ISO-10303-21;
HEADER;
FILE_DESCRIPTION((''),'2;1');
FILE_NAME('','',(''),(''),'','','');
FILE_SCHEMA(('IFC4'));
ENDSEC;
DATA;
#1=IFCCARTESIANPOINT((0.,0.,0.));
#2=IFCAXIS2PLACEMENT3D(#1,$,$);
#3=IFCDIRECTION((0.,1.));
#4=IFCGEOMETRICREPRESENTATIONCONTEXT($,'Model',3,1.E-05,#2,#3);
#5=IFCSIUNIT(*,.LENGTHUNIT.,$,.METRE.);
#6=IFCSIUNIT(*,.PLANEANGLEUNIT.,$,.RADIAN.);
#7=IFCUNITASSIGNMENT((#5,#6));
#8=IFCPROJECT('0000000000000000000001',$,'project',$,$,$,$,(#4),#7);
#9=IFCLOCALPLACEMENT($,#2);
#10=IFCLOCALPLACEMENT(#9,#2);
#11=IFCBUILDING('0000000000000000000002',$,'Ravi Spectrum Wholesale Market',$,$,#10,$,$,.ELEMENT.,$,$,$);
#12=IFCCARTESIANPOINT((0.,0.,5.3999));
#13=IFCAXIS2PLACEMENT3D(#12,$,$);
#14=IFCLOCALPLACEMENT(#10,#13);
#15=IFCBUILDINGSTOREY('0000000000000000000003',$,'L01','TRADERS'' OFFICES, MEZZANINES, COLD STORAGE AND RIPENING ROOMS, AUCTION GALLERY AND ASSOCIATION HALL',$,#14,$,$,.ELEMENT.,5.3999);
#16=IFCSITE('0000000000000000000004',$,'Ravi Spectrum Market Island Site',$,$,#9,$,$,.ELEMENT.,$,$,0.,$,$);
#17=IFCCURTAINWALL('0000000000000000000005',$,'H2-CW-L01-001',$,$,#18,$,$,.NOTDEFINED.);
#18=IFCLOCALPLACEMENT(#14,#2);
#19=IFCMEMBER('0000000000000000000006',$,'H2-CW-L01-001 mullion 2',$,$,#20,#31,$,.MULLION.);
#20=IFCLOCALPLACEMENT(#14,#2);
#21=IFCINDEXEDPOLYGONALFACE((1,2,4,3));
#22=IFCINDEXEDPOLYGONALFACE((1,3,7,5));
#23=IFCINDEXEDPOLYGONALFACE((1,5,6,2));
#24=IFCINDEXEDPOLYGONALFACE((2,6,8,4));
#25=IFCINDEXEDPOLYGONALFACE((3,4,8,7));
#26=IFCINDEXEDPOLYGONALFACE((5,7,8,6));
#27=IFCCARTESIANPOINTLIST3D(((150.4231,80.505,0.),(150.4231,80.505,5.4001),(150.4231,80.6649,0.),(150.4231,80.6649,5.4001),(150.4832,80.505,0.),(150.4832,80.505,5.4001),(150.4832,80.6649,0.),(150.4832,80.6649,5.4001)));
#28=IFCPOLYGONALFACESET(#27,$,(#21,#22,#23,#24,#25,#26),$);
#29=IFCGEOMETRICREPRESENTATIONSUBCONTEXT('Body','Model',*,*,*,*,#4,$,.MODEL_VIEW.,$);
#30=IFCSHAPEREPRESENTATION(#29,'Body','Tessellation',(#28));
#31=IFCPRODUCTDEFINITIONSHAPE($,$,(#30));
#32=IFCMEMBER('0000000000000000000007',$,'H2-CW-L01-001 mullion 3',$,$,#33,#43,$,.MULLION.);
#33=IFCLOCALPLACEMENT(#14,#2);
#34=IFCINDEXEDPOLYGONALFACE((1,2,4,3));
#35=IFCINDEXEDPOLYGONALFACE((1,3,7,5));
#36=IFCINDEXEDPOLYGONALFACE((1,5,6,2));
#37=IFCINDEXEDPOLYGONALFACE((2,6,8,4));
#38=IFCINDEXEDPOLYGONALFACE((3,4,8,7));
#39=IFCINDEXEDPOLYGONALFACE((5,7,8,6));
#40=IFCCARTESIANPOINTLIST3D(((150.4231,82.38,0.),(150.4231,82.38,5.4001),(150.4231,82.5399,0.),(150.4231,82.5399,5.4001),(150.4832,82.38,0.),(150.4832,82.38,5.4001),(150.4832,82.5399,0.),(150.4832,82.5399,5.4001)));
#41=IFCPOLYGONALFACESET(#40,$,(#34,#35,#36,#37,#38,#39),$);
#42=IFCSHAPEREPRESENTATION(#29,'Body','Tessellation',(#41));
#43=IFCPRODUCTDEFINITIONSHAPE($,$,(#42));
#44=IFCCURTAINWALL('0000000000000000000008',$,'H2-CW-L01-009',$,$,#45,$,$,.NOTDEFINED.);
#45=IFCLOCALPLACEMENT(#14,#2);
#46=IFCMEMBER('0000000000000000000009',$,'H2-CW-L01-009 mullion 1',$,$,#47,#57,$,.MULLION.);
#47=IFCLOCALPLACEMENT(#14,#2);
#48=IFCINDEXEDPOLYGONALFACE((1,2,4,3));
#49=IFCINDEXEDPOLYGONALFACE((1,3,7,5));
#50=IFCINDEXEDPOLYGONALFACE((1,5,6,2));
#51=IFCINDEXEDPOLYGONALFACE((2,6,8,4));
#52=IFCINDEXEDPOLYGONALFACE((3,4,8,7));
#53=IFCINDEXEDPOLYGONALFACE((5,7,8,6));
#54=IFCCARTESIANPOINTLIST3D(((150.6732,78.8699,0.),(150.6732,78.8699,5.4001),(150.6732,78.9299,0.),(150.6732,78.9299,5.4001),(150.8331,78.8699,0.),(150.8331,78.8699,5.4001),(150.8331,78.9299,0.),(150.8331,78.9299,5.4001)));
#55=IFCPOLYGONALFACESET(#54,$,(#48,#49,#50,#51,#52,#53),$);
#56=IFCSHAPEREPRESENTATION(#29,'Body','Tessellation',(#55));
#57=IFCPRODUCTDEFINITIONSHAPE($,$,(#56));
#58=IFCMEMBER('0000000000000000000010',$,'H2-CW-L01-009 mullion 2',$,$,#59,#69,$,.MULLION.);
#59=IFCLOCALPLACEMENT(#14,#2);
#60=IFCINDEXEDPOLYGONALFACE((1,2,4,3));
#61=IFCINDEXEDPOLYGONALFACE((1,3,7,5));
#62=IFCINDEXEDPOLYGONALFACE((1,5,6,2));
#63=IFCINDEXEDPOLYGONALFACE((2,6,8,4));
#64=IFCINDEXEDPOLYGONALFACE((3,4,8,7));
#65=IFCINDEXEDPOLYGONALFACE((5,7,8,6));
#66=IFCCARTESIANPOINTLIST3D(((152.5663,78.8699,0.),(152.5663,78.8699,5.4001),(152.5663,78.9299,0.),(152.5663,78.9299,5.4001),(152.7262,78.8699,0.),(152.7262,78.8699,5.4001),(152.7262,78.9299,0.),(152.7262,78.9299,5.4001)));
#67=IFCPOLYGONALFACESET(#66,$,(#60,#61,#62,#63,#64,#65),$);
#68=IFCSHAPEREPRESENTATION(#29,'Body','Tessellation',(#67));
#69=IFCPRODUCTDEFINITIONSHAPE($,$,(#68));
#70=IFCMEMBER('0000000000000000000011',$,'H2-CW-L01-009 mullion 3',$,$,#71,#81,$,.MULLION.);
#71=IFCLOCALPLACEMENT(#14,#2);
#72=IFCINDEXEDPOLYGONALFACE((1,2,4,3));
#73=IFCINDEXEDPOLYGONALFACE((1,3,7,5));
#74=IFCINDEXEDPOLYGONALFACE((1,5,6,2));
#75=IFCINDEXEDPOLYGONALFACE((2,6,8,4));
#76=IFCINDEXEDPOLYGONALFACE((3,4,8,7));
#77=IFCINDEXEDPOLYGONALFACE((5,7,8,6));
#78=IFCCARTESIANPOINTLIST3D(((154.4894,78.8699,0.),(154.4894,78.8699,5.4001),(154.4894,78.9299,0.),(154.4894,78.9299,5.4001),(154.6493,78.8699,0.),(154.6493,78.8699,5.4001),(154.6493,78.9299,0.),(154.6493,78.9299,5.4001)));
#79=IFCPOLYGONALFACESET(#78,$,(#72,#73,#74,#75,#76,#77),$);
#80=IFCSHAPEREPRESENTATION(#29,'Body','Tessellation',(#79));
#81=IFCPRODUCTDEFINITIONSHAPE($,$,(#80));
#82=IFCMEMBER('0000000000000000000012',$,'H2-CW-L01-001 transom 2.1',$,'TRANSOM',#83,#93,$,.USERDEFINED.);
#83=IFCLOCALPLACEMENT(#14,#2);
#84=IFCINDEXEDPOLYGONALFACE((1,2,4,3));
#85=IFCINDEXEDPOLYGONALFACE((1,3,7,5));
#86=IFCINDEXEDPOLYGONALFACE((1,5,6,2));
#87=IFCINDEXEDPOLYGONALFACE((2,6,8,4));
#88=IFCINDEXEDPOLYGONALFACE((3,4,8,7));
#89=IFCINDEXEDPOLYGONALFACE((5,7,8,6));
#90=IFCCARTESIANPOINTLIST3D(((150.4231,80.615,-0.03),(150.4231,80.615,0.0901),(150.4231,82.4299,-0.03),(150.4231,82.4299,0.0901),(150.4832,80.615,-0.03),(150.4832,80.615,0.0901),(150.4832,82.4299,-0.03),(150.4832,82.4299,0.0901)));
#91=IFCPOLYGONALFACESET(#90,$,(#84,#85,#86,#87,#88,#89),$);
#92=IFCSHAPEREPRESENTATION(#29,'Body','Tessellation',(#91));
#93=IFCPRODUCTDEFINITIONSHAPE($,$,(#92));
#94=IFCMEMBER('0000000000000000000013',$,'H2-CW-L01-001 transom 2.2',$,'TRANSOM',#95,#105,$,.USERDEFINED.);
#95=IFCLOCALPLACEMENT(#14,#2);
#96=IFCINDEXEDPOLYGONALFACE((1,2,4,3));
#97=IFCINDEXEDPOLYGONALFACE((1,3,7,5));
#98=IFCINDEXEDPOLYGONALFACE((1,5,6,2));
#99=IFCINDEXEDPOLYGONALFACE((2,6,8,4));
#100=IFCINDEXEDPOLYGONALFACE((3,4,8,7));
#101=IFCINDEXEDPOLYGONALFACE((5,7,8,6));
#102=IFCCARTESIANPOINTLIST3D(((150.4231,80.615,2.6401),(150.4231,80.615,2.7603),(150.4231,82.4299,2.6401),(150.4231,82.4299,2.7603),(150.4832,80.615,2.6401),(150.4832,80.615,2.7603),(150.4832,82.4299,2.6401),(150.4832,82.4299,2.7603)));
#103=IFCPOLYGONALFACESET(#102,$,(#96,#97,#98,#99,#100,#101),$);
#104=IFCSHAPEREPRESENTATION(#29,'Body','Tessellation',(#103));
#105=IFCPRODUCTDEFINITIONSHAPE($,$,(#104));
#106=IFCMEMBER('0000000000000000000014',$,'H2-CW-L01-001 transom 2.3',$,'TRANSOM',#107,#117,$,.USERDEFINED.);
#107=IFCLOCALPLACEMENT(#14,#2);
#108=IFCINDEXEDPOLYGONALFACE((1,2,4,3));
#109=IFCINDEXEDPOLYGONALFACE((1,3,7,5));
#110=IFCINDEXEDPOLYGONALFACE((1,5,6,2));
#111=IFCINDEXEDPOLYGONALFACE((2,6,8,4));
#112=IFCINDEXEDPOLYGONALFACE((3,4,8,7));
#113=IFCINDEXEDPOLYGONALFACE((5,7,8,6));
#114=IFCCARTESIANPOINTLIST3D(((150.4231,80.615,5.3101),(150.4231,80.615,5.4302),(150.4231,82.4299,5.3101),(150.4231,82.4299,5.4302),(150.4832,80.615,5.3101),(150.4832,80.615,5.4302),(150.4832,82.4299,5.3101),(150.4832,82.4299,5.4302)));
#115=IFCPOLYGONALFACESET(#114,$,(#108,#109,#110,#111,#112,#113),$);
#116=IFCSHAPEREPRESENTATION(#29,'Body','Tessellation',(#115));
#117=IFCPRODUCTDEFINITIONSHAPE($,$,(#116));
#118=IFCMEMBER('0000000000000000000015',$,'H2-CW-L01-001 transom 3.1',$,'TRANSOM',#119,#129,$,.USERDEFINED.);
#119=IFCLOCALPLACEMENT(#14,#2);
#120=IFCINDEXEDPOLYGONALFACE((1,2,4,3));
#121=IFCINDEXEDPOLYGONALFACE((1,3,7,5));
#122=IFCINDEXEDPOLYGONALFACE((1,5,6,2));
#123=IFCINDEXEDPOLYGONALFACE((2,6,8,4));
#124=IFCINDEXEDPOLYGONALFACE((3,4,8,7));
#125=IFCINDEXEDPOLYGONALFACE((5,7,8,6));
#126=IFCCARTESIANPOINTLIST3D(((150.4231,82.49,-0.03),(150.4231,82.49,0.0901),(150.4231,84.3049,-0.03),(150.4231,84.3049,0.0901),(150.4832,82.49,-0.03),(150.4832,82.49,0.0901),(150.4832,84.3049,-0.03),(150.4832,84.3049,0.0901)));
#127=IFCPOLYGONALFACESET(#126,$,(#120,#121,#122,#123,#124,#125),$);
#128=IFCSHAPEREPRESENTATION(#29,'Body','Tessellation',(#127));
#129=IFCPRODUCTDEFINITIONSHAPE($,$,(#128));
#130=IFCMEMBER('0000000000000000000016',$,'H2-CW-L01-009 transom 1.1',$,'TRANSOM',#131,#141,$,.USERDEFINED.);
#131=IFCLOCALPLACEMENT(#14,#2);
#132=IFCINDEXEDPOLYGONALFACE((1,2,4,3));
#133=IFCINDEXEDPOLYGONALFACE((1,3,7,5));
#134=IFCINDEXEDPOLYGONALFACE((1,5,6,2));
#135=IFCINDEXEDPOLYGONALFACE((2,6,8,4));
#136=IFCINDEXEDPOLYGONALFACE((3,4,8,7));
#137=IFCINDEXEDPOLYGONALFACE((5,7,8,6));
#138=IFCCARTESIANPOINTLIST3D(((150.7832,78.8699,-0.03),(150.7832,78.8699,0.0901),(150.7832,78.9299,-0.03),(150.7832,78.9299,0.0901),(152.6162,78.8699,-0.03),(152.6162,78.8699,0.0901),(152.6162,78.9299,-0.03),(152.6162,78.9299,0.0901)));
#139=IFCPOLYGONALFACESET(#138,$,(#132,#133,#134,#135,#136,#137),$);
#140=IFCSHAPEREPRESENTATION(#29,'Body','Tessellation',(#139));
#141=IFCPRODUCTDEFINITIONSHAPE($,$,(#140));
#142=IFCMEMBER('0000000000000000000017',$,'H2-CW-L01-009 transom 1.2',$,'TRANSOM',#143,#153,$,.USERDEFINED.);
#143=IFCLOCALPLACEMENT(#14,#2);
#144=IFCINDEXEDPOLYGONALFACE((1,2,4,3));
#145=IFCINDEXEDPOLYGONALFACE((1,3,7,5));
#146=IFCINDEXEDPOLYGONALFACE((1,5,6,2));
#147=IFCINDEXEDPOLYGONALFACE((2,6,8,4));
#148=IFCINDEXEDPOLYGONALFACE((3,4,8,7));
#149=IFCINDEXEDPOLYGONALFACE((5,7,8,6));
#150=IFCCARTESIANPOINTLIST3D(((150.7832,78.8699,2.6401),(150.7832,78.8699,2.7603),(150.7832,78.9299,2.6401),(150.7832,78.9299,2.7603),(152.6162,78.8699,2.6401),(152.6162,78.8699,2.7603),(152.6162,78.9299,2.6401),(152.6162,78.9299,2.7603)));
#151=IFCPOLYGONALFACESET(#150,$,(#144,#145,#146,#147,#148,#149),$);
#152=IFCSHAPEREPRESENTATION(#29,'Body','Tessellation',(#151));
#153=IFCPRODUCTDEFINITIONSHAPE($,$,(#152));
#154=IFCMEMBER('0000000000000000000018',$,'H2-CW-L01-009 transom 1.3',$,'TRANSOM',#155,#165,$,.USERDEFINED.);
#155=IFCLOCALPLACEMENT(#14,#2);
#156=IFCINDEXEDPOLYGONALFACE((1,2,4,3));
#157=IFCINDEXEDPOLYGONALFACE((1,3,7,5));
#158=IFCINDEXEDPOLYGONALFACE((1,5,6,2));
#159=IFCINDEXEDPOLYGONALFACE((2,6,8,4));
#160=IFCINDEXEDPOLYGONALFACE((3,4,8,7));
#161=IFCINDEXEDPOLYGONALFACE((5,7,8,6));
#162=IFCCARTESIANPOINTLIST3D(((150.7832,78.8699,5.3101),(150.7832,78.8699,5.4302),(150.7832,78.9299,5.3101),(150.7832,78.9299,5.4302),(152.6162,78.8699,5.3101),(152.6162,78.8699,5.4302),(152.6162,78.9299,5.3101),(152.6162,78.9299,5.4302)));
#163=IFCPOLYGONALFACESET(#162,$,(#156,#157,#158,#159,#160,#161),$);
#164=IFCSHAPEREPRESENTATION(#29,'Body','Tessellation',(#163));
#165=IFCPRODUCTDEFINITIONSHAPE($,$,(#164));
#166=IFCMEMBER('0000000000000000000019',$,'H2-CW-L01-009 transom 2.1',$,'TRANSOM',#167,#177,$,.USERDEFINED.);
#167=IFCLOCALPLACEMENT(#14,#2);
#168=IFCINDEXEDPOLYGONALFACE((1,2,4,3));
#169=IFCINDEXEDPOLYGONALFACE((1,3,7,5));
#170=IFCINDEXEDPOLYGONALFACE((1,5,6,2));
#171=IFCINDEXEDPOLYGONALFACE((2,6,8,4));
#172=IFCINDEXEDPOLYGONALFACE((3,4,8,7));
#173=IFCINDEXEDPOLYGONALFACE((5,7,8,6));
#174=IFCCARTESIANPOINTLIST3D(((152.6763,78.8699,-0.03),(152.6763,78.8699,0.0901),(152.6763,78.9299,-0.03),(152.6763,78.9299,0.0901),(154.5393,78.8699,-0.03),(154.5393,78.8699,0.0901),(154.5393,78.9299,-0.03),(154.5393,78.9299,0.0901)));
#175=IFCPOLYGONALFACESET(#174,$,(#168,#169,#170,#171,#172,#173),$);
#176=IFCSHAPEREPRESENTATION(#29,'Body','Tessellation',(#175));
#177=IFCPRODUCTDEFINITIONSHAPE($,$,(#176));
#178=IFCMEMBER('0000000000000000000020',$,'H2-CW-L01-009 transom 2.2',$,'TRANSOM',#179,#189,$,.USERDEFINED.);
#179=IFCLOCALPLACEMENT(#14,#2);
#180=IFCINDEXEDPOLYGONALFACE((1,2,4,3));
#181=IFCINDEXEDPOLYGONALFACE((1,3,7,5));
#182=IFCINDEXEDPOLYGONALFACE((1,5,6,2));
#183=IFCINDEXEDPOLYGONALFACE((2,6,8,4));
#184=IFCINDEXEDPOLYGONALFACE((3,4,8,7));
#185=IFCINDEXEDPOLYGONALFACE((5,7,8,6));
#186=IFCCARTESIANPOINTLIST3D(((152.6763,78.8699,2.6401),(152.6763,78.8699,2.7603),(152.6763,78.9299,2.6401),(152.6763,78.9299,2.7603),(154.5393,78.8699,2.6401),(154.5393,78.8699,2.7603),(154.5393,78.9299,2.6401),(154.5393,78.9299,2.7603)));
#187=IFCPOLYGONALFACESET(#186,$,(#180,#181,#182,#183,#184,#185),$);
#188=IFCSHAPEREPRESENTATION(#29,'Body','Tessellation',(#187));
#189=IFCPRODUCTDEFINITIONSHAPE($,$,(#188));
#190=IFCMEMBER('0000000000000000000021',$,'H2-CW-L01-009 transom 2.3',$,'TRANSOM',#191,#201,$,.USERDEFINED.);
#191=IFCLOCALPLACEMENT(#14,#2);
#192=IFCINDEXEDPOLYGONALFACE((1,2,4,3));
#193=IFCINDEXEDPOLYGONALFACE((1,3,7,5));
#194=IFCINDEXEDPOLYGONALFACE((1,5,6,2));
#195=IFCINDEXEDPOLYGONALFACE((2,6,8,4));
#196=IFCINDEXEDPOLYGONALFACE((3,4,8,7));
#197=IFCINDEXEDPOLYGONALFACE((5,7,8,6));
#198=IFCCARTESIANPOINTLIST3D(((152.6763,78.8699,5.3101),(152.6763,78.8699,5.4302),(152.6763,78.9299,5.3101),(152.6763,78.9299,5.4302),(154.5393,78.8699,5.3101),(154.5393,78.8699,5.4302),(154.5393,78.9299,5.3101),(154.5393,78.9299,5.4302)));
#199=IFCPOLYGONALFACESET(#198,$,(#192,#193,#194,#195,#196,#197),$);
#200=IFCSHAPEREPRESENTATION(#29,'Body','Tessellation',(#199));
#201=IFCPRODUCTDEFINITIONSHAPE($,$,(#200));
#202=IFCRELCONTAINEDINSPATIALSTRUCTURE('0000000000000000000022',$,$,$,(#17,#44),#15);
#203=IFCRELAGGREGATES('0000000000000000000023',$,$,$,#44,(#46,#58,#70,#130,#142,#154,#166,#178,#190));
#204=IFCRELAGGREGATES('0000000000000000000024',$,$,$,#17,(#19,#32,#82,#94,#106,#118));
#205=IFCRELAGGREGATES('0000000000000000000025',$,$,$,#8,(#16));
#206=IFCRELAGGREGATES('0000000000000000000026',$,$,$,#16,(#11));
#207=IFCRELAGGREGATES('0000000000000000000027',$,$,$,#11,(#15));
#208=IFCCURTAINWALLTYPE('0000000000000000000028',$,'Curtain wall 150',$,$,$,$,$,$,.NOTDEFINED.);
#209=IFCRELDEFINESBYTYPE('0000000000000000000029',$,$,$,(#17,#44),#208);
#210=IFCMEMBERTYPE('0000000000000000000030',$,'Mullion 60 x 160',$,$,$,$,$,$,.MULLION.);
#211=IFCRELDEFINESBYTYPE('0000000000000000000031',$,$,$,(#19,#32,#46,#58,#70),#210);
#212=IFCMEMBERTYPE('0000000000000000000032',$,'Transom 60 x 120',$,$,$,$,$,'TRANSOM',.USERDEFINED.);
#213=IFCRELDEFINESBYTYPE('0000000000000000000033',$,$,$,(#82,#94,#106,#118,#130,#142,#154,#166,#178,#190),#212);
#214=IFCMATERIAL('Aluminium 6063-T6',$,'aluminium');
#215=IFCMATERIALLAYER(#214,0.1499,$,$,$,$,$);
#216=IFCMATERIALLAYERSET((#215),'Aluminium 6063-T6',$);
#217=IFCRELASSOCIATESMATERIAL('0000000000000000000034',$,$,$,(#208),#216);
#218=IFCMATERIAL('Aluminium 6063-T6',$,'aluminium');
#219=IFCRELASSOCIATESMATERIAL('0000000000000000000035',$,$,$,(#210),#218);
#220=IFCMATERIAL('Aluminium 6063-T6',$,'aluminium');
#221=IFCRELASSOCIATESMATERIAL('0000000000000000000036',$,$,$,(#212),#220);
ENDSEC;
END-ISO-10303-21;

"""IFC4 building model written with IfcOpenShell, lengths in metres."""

from ifc_helpers import new_model, si_unit, direction, frame, origin, origin_2d, place, context, subcontext, project, spatial, rectangle, extrude, material, layer, layer_set, material_profile, profile_set, type_object, element, aggregate, save


model = new_model("IFC4")

# Units and contexts
model_context = context("Model", 3, precision=1e-05, world=origin(), true_north=direction((0.0, 1.0)))
body_context = subcontext(model_context, "Body", "Model", "MODEL_VIEW")
ifc_project = project(units=[si_unit("LENGTHUNIT", "METRE"), si_unit("PLANEANGLEUNIT", "RADIAN")], contexts=[model_context])

# Site, building, storey
site_placement = place(None, origin())
site = spatial("IfcSite", under=ifc_project, at=site_placement, Name="Ravi Spectrum Market Island Site", CompositionType="ELEMENT", RefElevation=0.0)
building_placement = place(site_placement, origin())
building = spatial("IfcBuilding", under=site, at=building_placement, Name="Ravi Spectrum Wholesale Market", CompositionType="ELEMENT")
storey_placement = place(building_placement, frame((0.0, 0.0, 5.3999)))
storey = spatial("IfcBuildingStorey", under=building, at=storey_placement, Name="L01", Description="TRADERS' OFFICES, MEZZANINES, COLD STORAGE AND RIPENING ROOMS, AUCTION GALLERY AND ASSOCIATION HALL", CompositionType="ELEMENT", Elevation=5.3999)

# Curtain walls, members
ifc_material_1 = material(Name="Aluminium 6063-T6", Category="aluminium")
ifc_layer_1 = layer(ifc_material_1, 0.1499)
ifc_layer_set_1 = layer_set([ifc_layer_1], Name="Aluminium 6063-T6")
curtain_wall_type = type_object("IfcCurtainWallType", Name="Curtain wall 150", PredefinedType="NOTDEFINED", material=ifc_layer_set_1)
curtain_wall_1_placement = place(storey_placement, origin())
curtain_wall_1 = element("IfcCurtainWall", 1, at=curtain_wall_1_placement, inside=storey, type_object=curtain_wall_type, Name="H2-CW-L01-001", PredefinedType="NOTDEFINED")
ifc_material_2 = material(Name="Aluminium 6063-T6", Category="aluminium")
ifc_material_profile_1 = material_profile(ifc_material_2, rectangle(XDim=0.0601, YDim=0.1599, at=origin_2d()))
ifc_profile_set_1 = profile_set([ifc_material_profile_1], Name="Aluminium 6063-T6")
member_type_1 = type_object("IfcMemberType", Name="Mullion 60 x 160", PredefinedType="MULLION", material=ifc_profile_set_1)
member_1_placement = place(storey_placement, frame((150.4531, 80.585, 0.0), z_axis=(0.0, 0.0, 1.0), x_axis=(-1.0, 0.0, 0.0)))
member_1 = element("IfcMember", 2, at=member_1_placement, type_object=member_type_1, Name="H2-CW-L01-001 mullion 2", PredefinedType="MULLION", context=body_context, shape_type="SweptSolid", body=[
    extrude(rectangle(XDim=0.0601, YDim=0.1599, at=origin_2d()), origin(), (0.0, 0.0, 1.0), 5.4001),
])
member_2_placement = place(storey_placement, frame((150.4531, 82.46, 0.0), z_axis=(0.0, 0.0, 1.0), x_axis=(-1.0, 0.0, 0.0)))
member_2 = element("IfcMember", 3, at=member_2_placement, type_object=member_type_1, Name="H2-CW-L01-001 mullion 3", PredefinedType="MULLION", context=body_context, shape_type="SweptSolid", body=[
    extrude(rectangle(XDim=0.0601, YDim=0.1599, at=origin_2d()), origin(), (0.0, 0.0, 1.0), 5.4001),
])
curtain_wall_2_placement = place(storey_placement, origin())
curtain_wall_2 = element("IfcCurtainWall", 4, at=curtain_wall_2_placement, inside=storey, type_object=curtain_wall_type, Name="H2-CW-L01-009", PredefinedType="NOTDEFINED")
member_3_placement = place(storey_placement, frame((150.7532, 78.8999, 0.0), z_axis=(0.0, 0.0, 1.0), x_axis=(0.0, 1.0, 0.0)))
member_3 = element("IfcMember", 5, at=member_3_placement, type_object=member_type_1, Name="H2-CW-L01-009 mullion 1", PredefinedType="MULLION", context=body_context, shape_type="SweptSolid", body=[
    extrude(rectangle(XDim=0.0601, YDim=0.1599, at=origin_2d()), origin(), (0.0, 0.0, 1.0), 5.4001),
])
member_4_placement = place(storey_placement, frame((152.6462, 78.8999, 0.0), z_axis=(0.0, 0.0, 1.0), x_axis=(0.0, 1.0, 0.0)))
member_4 = element("IfcMember", 6, at=member_4_placement, type_object=member_type_1, Name="H2-CW-L01-009 mullion 2", PredefinedType="MULLION", context=body_context, shape_type="SweptSolid", body=[
    extrude(rectangle(XDim=0.0601, YDim=0.1599, at=origin_2d()), origin(), (0.0, 0.0, 1.0), 5.4001),
])
member_5_placement = place(storey_placement, frame((154.5693, 78.8999, 0.0), z_axis=(0.0, 0.0, 1.0), x_axis=(0.0, 1.0, 0.0)))
member_5 = element("IfcMember", 7, at=member_5_placement, type_object=member_type_1, Name="H2-CW-L01-009 mullion 3", PredefinedType="MULLION", context=body_context, shape_type="SweptSolid", body=[
    extrude(rectangle(XDim=0.0601, YDim=0.1599, at=origin_2d()), origin(), (0.0, 0.0, 1.0), 5.4001),
])

# Members
ifc_material_3 = material(Name="Aluminium 6063-T6", Category="aluminium")
ifc_material_profile_2 = material_profile(ifc_material_3, rectangle(XDim=0.0601, YDim=0.1201, at=origin_2d()))
ifc_profile_set_2 = profile_set([ifc_material_profile_2], Name="Aluminium 6063-T6")
member_type_2 = type_object("IfcMemberType", Name="Transom 60 x 120", ElementType="TRANSOM", PredefinedType="USERDEFINED", material=ifc_profile_set_2)
member_6_placement = place(storey_placement, frame((150.4531, 80.615, 0.03), z_axis=(0.0, 1.0, 0.0), x_axis=(-1.0, 0.0, 0.0)))
member_6 = element("IfcMember", 8, at=member_6_placement, type_object=member_type_2, Name="H2-CW-L01-001 transom 2.1", ObjectType="TRANSOM", PredefinedType="USERDEFINED", context=body_context, shape_type="SweptSolid", body=[
    extrude(rectangle(XDim=0.0601, YDim=0.1201, at=origin_2d()), origin(), (0.0, 0.0, 1.0), 1.8149),
])
member_7_placement = place(storey_placement, frame((150.4531, 80.615, 2.7002), z_axis=(0.0, 1.0, 0.0), x_axis=(-1.0, 0.0, 0.0)))
member_7 = element("IfcMember", 9, at=member_7_placement, type_object=member_type_2, Name="H2-CW-L01-001 transom 2.2", ObjectType="TRANSOM", PredefinedType="USERDEFINED", context=body_context, shape_type="SweptSolid", body=[
    extrude(rectangle(XDim=0.0601, YDim=0.1201, at=origin_2d()), origin(), (0.0, 0.0, 1.0), 1.8149),
])
member_8_placement = place(storey_placement, frame((150.4531, 80.615, 5.3701), z_axis=(0.0, 1.0, 0.0), x_axis=(-1.0, 0.0, 0.0)))
member_8 = element("IfcMember", 10, at=member_8_placement, type_object=member_type_2, Name="H2-CW-L01-001 transom 2.3", ObjectType="TRANSOM", PredefinedType="USERDEFINED", context=body_context, shape_type="SweptSolid", body=[
    extrude(rectangle(XDim=0.0601, YDim=0.1201, at=origin_2d()), origin(), (0.0, 0.0, 1.0), 1.8149),
])
member_9_placement = place(storey_placement, frame((150.4531, 82.49, 0.03), z_axis=(0.0, 1.0, 0.0), x_axis=(-1.0, 0.0, 0.0)))
member_9 = element("IfcMember", 11, at=member_9_placement, type_object=member_type_2, Name="H2-CW-L01-001 transom 3.1", ObjectType="TRANSOM", PredefinedType="USERDEFINED", context=body_context, shape_type="SweptSolid", body=[
    extrude(rectangle(XDim=0.0601, YDim=0.1201, at=origin_2d()), origin(), (0.0, 0.0, 1.0), 1.8149),
])
member_10_placement = place(storey_placement, frame((150.7832, 78.8999, 0.03), z_axis=(1.0, 0.0, 0.0), x_axis=(0.0, 1.0, 0.0)))
member_10 = element("IfcMember", 12, at=member_10_placement, type_object=member_type_2, Name="H2-CW-L01-009 transom 1.1", ObjectType="TRANSOM", PredefinedType="USERDEFINED", context=body_context, shape_type="SweptSolid", body=[
    extrude(rectangle(XDim=0.0601, YDim=0.1201, at=origin_2d()), origin(), (0.0, 0.0, 1.0), 1.833),
])
member_11_placement = place(storey_placement, frame((150.7832, 78.8999, 2.7002), z_axis=(1.0, 0.0, 0.0), x_axis=(0.0, 1.0, 0.0)))
member_11 = element("IfcMember", 13, at=member_11_placement, type_object=member_type_2, Name="H2-CW-L01-009 transom 1.2", ObjectType="TRANSOM", PredefinedType="USERDEFINED", context=body_context, shape_type="SweptSolid", body=[
    extrude(rectangle(XDim=0.0601, YDim=0.1201, at=origin_2d()), origin(), (0.0, 0.0, 1.0), 1.833),
])
member_12_placement = place(storey_placement, frame((150.7832, 78.8999, 5.3701), z_axis=(1.0, 0.0, 0.0), x_axis=(0.0, 1.0, 0.0)))
member_12 = element("IfcMember", 14, at=member_12_placement, type_object=member_type_2, Name="H2-CW-L01-009 transom 1.3", ObjectType="TRANSOM", PredefinedType="USERDEFINED", context=body_context, shape_type="SweptSolid", body=[
    extrude(rectangle(XDim=0.0601, YDim=0.1201, at=origin_2d()), origin(), (0.0, 0.0, 1.0), 1.833),
])
member_13_placement = place(storey_placement, frame((152.6763, 78.8999, 0.03), z_axis=(1.0, 0.0, 0.0), x_axis=(0.0, 1.0, 0.0)))
member_13 = element("IfcMember", 15, at=member_13_placement, type_object=member_type_2, Name="H2-CW-L01-009 transom 2.1", ObjectType="TRANSOM", PredefinedType="USERDEFINED", context=body_context, shape_type="SweptSolid", body=[
    extrude(rectangle(XDim=0.0601, YDim=0.1201, at=origin_2d()), origin(), (0.0, 0.0, 1.0), 1.863),
])
member_14_placement = place(storey_placement, frame((152.6763, 78.8999, 2.7002), z_axis=(1.0, 0.0, 0.0), x_axis=(0.0, 1.0, 0.0)))
member_14 = element("IfcMember", 16, at=member_14_placement, type_object=member_type_2, Name="H2-CW-L01-009 transom 2.2", ObjectType="TRANSOM", PredefinedType="USERDEFINED", context=body_context, shape_type="SweptSolid", body=[
    extrude(rectangle(XDim=0.0601, YDim=0.1201, at=origin_2d()), origin(), (0.0, 0.0, 1.0), 1.863),
])
member_15_placement = place(storey_placement, frame((152.6763, 78.8999, 5.3701), z_axis=(1.0, 0.0, 0.0), x_axis=(0.0, 1.0, 0.0)))
member_15 = element("IfcMember", 17, at=member_15_placement, type_object=member_type_2, Name="H2-CW-L01-009 transom 2.3", ObjectType="TRANSOM", PredefinedType="USERDEFINED", context=body_context, shape_type="SweptSolid", body=[
    extrude(rectangle(XDim=0.0601, YDim=0.1201, at=origin_2d()), origin(), (0.0, 0.0, 1.0), 1.863),
])

aggregate(curtain_wall_2, [member_3, member_4, member_5, member_10, member_11, member_12, member_13, member_14, member_15])
aggregate(curtain_wall_1, [member_1, member_2, member_6, member_7, member_8, member_9])

save(model, "model.ifc")
